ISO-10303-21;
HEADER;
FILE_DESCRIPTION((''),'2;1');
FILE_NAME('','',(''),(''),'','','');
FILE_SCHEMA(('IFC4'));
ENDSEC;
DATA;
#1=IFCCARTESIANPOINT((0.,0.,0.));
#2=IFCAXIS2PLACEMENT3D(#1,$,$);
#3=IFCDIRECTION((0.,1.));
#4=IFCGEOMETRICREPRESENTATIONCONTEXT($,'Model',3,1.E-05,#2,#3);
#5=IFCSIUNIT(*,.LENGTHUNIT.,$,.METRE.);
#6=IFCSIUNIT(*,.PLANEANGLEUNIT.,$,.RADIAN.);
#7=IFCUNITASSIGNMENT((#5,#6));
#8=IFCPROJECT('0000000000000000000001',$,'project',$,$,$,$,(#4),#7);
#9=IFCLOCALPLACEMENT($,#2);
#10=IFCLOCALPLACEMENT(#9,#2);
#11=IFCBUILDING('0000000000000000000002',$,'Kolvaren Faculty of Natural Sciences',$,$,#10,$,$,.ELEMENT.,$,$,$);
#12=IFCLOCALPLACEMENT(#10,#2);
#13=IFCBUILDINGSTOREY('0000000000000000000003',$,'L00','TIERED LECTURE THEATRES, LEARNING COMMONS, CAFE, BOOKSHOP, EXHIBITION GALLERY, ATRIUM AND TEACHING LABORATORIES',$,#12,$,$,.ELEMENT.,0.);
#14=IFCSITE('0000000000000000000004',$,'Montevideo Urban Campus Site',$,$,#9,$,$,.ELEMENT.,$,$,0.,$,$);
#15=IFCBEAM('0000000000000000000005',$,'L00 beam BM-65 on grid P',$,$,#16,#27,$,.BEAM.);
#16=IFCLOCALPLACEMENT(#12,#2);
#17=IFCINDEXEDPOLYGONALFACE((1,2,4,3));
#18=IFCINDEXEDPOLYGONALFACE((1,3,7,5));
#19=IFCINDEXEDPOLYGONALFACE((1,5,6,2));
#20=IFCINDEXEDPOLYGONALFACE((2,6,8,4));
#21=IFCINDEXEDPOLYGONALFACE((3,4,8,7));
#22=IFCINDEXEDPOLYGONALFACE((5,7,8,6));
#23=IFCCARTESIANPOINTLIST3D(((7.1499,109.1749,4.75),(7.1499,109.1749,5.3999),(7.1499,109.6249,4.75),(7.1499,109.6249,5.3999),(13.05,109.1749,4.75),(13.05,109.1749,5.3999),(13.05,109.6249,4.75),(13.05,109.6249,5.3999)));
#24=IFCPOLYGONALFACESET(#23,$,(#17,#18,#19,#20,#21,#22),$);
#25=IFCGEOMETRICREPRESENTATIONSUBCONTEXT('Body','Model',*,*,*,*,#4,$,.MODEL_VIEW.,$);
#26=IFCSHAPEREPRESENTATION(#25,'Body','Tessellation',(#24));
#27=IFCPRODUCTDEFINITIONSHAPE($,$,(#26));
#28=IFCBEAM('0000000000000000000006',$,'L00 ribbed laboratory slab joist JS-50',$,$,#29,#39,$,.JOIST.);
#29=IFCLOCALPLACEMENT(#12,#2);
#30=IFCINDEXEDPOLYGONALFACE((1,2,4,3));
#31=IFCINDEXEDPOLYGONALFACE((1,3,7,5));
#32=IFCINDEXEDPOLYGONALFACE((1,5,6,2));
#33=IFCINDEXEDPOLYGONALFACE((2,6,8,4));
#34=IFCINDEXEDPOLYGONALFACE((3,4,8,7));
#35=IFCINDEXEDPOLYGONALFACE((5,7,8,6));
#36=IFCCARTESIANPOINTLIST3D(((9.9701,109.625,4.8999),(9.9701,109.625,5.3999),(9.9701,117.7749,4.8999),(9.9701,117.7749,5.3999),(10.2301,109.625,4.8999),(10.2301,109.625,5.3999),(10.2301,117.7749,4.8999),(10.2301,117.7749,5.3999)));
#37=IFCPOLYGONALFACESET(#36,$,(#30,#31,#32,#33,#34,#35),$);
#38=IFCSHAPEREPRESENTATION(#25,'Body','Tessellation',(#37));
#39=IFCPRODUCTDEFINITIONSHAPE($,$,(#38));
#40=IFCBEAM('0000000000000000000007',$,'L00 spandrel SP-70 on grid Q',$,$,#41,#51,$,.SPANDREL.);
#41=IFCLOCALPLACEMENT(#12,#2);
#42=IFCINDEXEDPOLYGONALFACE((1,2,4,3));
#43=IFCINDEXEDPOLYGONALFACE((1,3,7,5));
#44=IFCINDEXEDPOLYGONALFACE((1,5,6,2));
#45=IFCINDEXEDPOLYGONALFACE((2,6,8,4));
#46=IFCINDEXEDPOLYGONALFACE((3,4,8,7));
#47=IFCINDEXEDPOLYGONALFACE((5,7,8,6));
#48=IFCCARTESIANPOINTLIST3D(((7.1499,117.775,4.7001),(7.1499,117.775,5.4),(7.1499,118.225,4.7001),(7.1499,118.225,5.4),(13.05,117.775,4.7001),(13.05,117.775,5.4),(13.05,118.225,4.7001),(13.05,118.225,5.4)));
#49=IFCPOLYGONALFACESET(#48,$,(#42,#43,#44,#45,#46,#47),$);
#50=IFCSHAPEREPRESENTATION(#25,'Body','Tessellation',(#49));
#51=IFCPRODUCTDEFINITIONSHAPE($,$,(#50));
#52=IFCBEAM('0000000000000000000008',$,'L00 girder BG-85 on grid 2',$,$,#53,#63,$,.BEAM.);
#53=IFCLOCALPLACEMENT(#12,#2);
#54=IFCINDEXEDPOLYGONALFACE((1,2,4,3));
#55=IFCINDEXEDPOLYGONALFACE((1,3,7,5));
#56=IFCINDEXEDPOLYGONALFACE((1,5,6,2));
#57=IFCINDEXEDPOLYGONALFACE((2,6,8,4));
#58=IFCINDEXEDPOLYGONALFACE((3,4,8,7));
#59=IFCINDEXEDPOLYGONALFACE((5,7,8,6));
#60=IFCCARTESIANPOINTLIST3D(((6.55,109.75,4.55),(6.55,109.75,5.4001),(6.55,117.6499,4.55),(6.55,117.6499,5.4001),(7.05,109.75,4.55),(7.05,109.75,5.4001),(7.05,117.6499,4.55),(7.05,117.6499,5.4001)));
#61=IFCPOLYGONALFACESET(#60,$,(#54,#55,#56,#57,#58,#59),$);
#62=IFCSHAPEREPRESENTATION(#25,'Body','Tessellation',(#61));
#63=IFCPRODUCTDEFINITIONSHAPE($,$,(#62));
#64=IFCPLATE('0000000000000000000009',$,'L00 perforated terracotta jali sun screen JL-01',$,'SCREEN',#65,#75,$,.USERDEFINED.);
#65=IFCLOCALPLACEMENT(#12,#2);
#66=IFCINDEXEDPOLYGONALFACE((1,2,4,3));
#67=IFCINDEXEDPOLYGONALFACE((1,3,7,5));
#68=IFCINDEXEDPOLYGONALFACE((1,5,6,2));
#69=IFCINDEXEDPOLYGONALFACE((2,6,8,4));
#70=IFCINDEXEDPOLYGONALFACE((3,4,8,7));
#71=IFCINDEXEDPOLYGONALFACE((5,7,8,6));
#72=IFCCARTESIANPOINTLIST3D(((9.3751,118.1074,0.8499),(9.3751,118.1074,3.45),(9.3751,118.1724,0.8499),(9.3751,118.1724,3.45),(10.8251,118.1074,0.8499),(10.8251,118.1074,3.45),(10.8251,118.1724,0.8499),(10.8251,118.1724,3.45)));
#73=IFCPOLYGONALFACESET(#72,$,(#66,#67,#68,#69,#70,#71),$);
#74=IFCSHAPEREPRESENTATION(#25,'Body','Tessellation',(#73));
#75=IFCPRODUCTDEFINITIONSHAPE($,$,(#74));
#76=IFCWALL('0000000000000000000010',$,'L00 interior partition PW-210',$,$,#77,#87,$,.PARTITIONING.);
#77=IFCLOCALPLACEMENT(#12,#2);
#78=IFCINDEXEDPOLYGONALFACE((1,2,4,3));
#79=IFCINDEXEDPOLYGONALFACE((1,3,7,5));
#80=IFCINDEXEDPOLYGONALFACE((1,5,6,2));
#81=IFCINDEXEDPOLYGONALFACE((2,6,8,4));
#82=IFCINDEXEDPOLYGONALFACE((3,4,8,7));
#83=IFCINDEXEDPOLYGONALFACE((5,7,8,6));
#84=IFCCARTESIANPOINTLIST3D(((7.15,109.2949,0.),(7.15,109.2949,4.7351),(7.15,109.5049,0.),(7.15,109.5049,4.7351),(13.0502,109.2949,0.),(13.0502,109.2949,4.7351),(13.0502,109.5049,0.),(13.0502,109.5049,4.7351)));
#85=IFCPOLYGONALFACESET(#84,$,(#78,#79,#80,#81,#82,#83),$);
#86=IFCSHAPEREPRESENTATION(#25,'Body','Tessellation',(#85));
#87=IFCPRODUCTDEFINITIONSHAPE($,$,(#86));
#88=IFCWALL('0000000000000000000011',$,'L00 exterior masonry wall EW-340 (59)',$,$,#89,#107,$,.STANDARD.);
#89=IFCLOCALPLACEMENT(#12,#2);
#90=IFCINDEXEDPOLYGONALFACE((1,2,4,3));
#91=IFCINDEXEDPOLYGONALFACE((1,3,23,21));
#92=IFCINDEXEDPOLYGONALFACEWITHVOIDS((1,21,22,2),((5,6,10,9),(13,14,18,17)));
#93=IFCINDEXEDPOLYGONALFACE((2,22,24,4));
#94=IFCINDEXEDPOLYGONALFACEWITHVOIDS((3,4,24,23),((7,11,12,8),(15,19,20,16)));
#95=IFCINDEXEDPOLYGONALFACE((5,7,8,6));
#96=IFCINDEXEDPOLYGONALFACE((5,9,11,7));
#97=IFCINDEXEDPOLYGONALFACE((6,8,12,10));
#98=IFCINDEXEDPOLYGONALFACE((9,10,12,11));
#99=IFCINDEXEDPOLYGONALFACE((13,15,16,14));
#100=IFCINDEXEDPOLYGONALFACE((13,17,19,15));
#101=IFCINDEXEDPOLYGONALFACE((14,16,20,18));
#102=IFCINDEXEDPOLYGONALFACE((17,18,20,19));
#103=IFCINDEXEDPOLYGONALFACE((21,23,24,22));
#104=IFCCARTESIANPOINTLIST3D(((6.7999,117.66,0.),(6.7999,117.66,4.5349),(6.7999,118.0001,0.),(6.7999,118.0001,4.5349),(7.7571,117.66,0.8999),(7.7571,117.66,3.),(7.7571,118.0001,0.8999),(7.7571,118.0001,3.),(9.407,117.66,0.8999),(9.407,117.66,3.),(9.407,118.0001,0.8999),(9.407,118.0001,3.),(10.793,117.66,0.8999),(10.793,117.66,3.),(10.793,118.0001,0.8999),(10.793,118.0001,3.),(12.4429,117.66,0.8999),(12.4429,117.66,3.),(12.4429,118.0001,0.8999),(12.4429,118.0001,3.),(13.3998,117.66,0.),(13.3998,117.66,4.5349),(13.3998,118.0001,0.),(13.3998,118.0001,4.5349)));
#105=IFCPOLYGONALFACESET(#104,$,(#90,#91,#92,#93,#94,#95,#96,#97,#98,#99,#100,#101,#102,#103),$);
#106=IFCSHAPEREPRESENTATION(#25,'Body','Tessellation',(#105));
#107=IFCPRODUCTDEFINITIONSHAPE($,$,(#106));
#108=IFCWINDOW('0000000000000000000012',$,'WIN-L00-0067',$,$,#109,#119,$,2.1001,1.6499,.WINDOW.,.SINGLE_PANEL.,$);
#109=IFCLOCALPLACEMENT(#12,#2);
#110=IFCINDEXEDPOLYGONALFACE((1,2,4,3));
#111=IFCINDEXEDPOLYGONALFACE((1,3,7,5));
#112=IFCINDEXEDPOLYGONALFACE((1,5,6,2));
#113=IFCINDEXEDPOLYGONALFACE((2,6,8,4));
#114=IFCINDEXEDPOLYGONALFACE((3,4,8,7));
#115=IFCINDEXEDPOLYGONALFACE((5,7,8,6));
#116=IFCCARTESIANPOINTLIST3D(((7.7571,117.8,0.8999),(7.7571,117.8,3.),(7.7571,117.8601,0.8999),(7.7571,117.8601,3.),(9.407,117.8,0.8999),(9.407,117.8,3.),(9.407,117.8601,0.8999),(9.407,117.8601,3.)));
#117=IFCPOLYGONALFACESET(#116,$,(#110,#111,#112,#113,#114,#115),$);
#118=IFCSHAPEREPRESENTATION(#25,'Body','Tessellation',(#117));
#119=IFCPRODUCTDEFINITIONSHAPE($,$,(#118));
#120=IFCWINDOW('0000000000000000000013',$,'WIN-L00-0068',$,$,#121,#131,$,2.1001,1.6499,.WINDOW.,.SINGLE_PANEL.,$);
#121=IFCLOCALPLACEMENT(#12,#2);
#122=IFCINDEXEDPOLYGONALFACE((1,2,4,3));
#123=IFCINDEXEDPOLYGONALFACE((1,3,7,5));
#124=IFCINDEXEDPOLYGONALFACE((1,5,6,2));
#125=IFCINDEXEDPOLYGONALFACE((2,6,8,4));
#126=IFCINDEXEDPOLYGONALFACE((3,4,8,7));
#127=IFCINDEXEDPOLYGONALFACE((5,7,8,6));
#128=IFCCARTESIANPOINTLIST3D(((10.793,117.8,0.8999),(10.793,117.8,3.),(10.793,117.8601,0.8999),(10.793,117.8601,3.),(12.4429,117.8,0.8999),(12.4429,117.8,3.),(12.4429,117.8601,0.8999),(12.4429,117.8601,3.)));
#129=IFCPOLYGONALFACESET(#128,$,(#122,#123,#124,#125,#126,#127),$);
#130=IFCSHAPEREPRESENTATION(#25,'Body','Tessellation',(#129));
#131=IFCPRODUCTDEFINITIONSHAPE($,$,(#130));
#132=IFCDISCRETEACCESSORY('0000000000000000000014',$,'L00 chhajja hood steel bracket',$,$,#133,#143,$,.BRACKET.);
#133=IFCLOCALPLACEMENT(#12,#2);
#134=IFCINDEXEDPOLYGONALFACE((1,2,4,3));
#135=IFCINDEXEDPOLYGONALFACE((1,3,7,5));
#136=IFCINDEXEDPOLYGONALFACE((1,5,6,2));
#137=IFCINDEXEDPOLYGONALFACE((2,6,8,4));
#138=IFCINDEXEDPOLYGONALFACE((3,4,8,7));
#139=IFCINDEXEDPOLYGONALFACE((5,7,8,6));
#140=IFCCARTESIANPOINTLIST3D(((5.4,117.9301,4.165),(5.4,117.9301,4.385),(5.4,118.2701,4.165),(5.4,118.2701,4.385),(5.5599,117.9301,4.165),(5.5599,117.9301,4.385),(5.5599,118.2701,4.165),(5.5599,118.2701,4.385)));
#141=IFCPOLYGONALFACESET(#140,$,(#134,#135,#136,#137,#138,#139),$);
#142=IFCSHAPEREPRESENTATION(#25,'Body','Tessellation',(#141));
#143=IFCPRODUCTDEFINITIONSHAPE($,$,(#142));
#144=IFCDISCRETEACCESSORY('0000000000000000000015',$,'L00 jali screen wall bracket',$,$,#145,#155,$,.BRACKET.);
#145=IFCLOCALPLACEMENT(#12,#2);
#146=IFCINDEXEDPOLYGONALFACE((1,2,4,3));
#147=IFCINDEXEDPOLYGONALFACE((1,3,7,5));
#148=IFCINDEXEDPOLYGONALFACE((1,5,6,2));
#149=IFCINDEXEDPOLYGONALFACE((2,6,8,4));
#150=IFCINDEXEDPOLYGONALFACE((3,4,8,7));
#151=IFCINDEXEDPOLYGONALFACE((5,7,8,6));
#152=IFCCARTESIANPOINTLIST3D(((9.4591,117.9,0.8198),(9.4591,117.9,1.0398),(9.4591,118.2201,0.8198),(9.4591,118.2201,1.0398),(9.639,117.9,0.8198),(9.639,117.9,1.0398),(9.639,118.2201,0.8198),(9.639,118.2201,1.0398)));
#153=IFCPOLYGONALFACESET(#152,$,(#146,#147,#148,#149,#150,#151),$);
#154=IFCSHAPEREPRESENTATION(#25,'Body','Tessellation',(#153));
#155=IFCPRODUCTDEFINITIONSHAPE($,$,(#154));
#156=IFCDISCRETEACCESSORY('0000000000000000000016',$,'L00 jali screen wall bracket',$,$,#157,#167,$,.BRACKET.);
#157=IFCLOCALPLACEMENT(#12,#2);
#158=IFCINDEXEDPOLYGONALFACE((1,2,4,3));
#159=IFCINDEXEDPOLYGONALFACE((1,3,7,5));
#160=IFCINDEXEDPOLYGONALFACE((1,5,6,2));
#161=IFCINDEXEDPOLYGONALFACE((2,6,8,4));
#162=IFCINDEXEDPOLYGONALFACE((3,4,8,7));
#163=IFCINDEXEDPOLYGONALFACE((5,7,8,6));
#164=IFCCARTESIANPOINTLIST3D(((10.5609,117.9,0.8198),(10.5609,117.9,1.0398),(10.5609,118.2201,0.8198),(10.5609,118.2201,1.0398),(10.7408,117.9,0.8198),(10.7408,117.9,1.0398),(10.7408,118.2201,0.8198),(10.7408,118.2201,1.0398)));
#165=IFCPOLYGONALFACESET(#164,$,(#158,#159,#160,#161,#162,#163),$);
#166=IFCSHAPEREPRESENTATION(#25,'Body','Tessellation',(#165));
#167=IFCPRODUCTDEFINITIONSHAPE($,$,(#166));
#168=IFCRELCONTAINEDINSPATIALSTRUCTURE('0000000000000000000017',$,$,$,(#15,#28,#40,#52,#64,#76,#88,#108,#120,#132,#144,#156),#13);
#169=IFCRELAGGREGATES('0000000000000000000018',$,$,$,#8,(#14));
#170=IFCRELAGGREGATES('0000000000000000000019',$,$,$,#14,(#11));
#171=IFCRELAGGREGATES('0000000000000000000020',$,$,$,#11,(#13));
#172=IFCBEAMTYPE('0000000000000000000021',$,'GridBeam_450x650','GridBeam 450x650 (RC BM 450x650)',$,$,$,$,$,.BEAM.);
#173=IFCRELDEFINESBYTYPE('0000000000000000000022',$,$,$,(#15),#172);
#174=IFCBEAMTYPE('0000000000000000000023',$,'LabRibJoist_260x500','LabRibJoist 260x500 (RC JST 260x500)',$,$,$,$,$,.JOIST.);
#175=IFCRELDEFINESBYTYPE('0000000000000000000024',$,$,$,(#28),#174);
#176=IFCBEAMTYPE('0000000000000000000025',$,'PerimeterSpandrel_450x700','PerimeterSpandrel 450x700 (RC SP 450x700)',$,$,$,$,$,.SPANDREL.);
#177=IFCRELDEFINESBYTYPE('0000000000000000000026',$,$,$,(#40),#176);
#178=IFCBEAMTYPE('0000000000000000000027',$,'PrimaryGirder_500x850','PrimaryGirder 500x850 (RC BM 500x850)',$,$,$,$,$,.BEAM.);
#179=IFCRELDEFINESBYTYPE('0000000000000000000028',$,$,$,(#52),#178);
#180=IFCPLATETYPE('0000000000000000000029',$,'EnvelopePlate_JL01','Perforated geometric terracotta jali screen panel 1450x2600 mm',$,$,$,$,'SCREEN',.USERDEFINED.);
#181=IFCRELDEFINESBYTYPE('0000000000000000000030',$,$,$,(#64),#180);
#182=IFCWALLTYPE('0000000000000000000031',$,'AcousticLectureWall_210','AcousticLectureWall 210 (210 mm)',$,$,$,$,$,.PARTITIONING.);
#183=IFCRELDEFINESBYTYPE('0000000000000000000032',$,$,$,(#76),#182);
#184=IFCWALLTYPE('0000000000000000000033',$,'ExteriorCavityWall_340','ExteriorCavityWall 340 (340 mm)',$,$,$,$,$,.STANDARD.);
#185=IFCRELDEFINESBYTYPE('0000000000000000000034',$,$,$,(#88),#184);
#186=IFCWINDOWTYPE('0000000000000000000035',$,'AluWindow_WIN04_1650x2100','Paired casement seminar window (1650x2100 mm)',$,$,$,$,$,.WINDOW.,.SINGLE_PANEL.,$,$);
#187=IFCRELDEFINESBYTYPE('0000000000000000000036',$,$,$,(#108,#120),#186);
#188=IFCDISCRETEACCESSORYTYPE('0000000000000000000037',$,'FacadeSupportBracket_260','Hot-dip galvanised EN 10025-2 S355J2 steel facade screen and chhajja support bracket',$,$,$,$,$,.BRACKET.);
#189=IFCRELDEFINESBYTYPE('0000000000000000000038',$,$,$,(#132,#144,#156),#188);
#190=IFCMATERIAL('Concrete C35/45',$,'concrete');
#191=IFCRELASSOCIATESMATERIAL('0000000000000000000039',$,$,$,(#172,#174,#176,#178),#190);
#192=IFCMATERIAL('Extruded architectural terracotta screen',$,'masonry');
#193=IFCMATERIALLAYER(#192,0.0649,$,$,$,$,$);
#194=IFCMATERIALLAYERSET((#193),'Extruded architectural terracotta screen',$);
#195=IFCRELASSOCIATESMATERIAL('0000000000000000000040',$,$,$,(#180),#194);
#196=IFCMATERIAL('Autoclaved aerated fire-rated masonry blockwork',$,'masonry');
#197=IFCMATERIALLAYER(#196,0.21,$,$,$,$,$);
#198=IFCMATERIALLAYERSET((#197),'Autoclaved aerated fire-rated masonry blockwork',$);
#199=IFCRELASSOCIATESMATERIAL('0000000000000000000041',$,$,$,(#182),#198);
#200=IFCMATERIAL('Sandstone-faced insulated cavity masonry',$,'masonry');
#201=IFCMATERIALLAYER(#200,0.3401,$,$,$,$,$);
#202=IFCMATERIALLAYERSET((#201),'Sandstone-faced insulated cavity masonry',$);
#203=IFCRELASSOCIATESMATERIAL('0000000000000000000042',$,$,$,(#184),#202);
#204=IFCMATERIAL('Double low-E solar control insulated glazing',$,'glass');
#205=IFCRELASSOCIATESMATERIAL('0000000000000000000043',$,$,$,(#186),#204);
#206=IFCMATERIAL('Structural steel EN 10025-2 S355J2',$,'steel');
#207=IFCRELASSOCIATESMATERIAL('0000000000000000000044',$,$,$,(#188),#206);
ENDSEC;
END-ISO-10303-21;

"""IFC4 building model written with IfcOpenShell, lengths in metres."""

from ifc_helpers import new_model, si_unit, direction, frame, frame_2d, origin, origin_2d, place, context, subcontext, project, spatial, rectangle, extrude, material, layer, layer_set, material_profile, profile_set, type_object, element, fill, save


model = new_model("IFC4")

# Units and contexts
model_context = context("Model", 3, precision=1e-05, world=origin(), true_north=direction((0.0, 1.0)))
body_context = subcontext(model_context, "Body", "Model", "MODEL_VIEW")
ifc_project = project(units=[si_unit("LENGTHUNIT", "METRE"), si_unit("PLANEANGLEUNIT", "RADIAN")], contexts=[model_context])

# Site, building, storey
site_placement = place(None, origin())
site = spatial("IfcSite", under=ifc_project, at=site_placement, Name="Montevideo Urban Campus Site", CompositionType="ELEMENT", RefElevation=0.0)
building_placement = place(site_placement, origin())
building = spatial("IfcBuilding", under=site, at=building_placement, Name="Kolvaren Faculty of Natural Sciences", CompositionType="ELEMENT")
storey_placement = place(building_placement, origin())
storey = spatial("IfcBuildingStorey", under=building, at=storey_placement, Name="L00", Description="TIERED LECTURE THEATRES, LEARNING COMMONS, CAFE, BOOKSHOP, EXHIBITION GALLERY, ATRIUM AND TEACHING LABORATORIES", CompositionType="ELEMENT", Elevation=0.0)

# Shared definitions
ifc_material_1 = material(Name="Concrete C35/45", Category="concrete")

# Beams
ifc_material_profile_1 = material_profile(ifc_material_1, rectangle(XDim=0.45, YDim=0.6499, at=origin_2d()), Name="RC BM 450x650")
ifc_profile_set_1 = profile_set([ifc_material_profile_1], Name="Concrete C35/45")
beam_type_1 = type_object("IfcBeamType", Name="GridBeam_450x650", Description="GridBeam 450x650 (RC BM 450x650)", PredefinedType="BEAM", material=ifc_profile_set_1)
beam_1_placement = place(storey_placement, frame((7.1499, 109.3999, 5.075), z_axis=(1.0, 0.0, 0.0), x_axis=(0.0, 1.0, 0.0)))
element("IfcBeam", 1, at=beam_1_placement, inside=storey, type_object=beam_type_1, Name="L00 beam BM-65 on grid P", PredefinedType="BEAM", context=body_context, shape_type="SweptSolid", body=[
    extrude(rectangle(XDim=0.45, YDim=0.6499, at=origin_2d()), origin(), (0.0, 0.0, 1.0), 5.9001),
])
ifc_material_profile_2 = material_profile(ifc_material_1, rectangle(XDim=0.26, YDim=0.5, at=origin_2d()), Name="RC JST 260x500")
ifc_profile_set_2 = profile_set([ifc_material_profile_2], Name="Concrete C35/45")
beam_type_2 = type_object("IfcBeamType", Name="LabRibJoist_260x500", Description="LabRibJoist 260x500 (RC JST 260x500)", PredefinedType="JOIST", material=ifc_profile_set_2)
beam_2_placement = place(storey_placement, frame((10.1001, 109.625, 5.1499), z_axis=(0.0, 1.0, 0.0), x_axis=(-1.0, 0.0, 0.0)))
element("IfcBeam", 2, at=beam_2_placement, inside=storey, type_object=beam_type_2, Name="L00 ribbed laboratory slab joist JS-50", PredefinedType="JOIST", context=body_context, shape_type="SweptSolid", body=[
    extrude(rectangle(XDim=0.26, YDim=0.5, at=origin_2d()), origin(), (0.0, 0.0, 1.0), 8.1499),
])
ifc_material_profile_3 = material_profile(ifc_material_1, rectangle(XDim=0.45, YDim=0.7, at=origin_2d()), Name="RC SP 450x700")
ifc_profile_set_3 = profile_set([ifc_material_profile_3], Name="Concrete C35/45")
beam_type_3 = type_object("IfcBeamType", Name="PerimeterSpandrel_450x700", Description="PerimeterSpandrel 450x700 (RC SP 450x700)", PredefinedType="SPANDREL", material=ifc_profile_set_3)
beam_3_placement = place(storey_placement, frame((7.1499, 118.0, 5.05), z_axis=(1.0, 0.0, 0.0), x_axis=(0.0, 1.0, 0.0)))
element("IfcBeam", 3, at=beam_3_placement, inside=storey, type_object=beam_type_3, Name="L00 spandrel SP-70 on grid Q", PredefinedType="SPANDREL", context=body_context, shape_type="SweptSolid", body=[
    extrude(rectangle(XDim=0.45, YDim=0.7, at=origin_2d()), origin(), (0.0, 0.0, 1.0), 5.9001),
])
ifc_material_profile_4 = material_profile(ifc_material_1, rectangle(XDim=0.5, YDim=0.8501, at=origin_2d()), Name="RC BM 500x850")
ifc_profile_set_4 = profile_set([ifc_material_profile_4], Name="Concrete C35/45")
beam_type_4 = type_object("IfcBeamType", Name="PrimaryGirder_500x850", Description="PrimaryGirder 500x850 (RC BM 500x850)", PredefinedType="BEAM", material=ifc_profile_set_4)
beam_4_placement = place(storey_placement, frame((6.8, 109.75, 4.9751), z_axis=(0.0, 1.0, 0.0), x_axis=(-1.0, 0.0, 0.0)))
element("IfcBeam", 4, at=beam_4_placement, inside=storey, type_object=beam_type_4, Name="L00 girder BG-85 on grid 2", PredefinedType="BEAM", context=body_context, shape_type="SweptSolid", body=[
    extrude(rectangle(XDim=0.5, YDim=0.8501, at=origin_2d()), origin(), (0.0, 0.0, 1.0), 7.8999),
])

# Plate
ifc_material_2 = material(Name="Extruded architectural terracotta screen", Category="masonry")
ifc_layer_1 = layer(ifc_material_2, 0.0649)
ifc_layer_set_1 = layer_set([ifc_layer_1], Name="Extruded architectural terracotta screen")
plate_type = type_object("IfcPlateType", Name="EnvelopePlate_JL01", Description="Perforated geometric terracotta jali screen panel 1450x2600 mm", ElementType="SCREEN", PredefinedType="USERDEFINED", material=ifc_layer_set_1)
plate_placement = place(storey_placement, frame((10.1001, 118.1399, 0.8499), z_axis=(0.0, 0.0, 1.0), x_axis=(1.0, 0.0, 0.0)))
element("IfcPlate", 5, at=plate_placement, inside=storey, type_object=plate_type, Name="L00 perforated terracotta jali sun screen JL-01", ObjectType="SCREEN", PredefinedType="USERDEFINED", context=body_context, shape_type="SweptSolid", body=[
    extrude(rectangle(XDim=1.45, YDim=0.0649, at=origin_2d()), origin(), (0.0, 0.0, 1.0), 2.6001),
])

# Wall
ifc_material_3 = material(Name="Autoclaved aerated fire-rated masonry blockwork", Category="masonry")
ifc_layer_2 = layer(ifc_material_3, 0.21)
ifc_layer_set_2 = layer_set([ifc_layer_2], Name="Autoclaved aerated fire-rated masonry blockwork")
wall_type_1 = type_object("IfcWallType", Name="AcousticLectureWall_210", Description="AcousticLectureWall 210 (210 mm)", PredefinedType="PARTITIONING", material=ifc_layer_set_2)
wall_1_placement = place(storey_placement, frame((7.1499, 109.3999, 0.0), z_axis=(0.0, 0.0, 1.0), x_axis=(1.0, 0.0, 0.0)))
element("IfcWall", 6, at=wall_1_placement, inside=storey, type_object=wall_type_1, Name="L00 interior partition PW-210", PredefinedType="PARTITIONING", context=body_context, shape_type="SweptSolid", body=[
    extrude(rectangle(XDim=5.9001, YDim=0.21, at=frame_2d((2.9502, 0.0))), origin(), (0.0, 0.0, 1.0), 4.7351),
])

# Wall, openings, windows
ifc_material_4 = material(Name="Sandstone-faced insulated cavity masonry", Category="masonry")
ifc_layer_3 = layer(ifc_material_4, 0.3401)
ifc_layer_set_3 = layer_set([ifc_layer_3], Name="Sandstone-faced insulated cavity masonry")
wall_type_2 = type_object("IfcWallType", Name="ExteriorCavityWall_340", Description="ExteriorCavityWall 340 (340 mm)", PredefinedType="STANDARD", material=ifc_layer_set_3)
wall_2_placement = place(storey_placement, frame((6.8, 117.8301, 0.0), z_axis=(0.0, 0.0, 1.0), x_axis=(1.0, 0.0, 0.0)))
wall_2 = element("IfcWall", 7, at=wall_2_placement, inside=storey, type_object=wall_type_2, Name="L00 exterior masonry wall EW-340 (59)", PredefinedType="STANDARD", context=body_context, shape_type="SweptSolid", body=[
    extrude(rectangle(XDim=6.5999, YDim=0.3401, at=frame_2d((3.2998, 0.0))), origin(), (0.0, 0.0, 1.0), 4.5349),
])
opening_1_placement = place(wall_2_placement, frame((0.957, 0.0, 0.8999)))
opening_1 = element("IfcOpeningElement", 8, at=opening_1_placement, cuts=wall_2, PredefinedType="OPENING", context=body_context, shape_type="SweptSolid", body=[
    extrude(rectangle(XDim=1.6499, YDim=2.1001, at=frame_2d((0.825, 1.05))), frame((0.0, 0.1799, 0.0), z_axis=(0.0, -1.0, 0.0), x_axis=(1.0, 0.0, 0.0)), (0.0, 0.0, 1.0), 0.3601),
])
opening_2_placement = place(wall_2_placement, frame((3.9929, 0.0, 0.8999)))
opening_2 = element("IfcOpeningElement", 9, at=opening_2_placement, cuts=wall_2, PredefinedType="OPENING", context=body_context, shape_type="SweptSolid", body=[
    extrude(rectangle(XDim=1.6499, YDim=2.1001, at=frame_2d((0.825, 1.05))), frame((0.0, 0.1799, 0.0), z_axis=(0.0, -1.0, 0.0), x_axis=(1.0, 0.0, 0.0)), (0.0, 0.0, 1.0), 0.3601),
])
ifc_material_5 = material(Name="Double low-E solar control insulated glazing", Category="glass")
window_type = type_object("IfcWindowType", Name="AluWindow_WIN04_1650x2100", Description="Paired casement seminar window (1650x2100 mm)", PartitioningType="SINGLE_PANEL", PredefinedType="WINDOW", material=ifc_material_5)
window_1_placement = place(opening_1_placement, origin())
window_1 = element("IfcWindow", 10, at=window_1_placement, inside=storey, type_object=window_type, Name="WIN-L00-0067", OverallHeight=2.1001, OverallWidth=1.6499, PartitioningType="SINGLE_PANEL", PredefinedType="WINDOW", context=body_context, shape_type="SweptSolid", body=[
    extrude(rectangle(XDim=1.6499, YDim=2.1001, at=frame_2d((0.825, 1.05))), frame((0.0, 0.03, 0.0), z_axis=(0.0, -1.0, 0.0), x_axis=(1.0, 0.0, 0.0)), (0.0, 0.0, 1.0), 0.0601),
])
fill(opening_1, window_1)
window_2_placement = place(opening_2_placement, origin())
window_2 = element("IfcWindow", 11, at=window_2_placement, inside=storey, type_object=window_type, Name="WIN-L00-0068", OverallHeight=2.1001, OverallWidth=1.6499, PartitioningType="SINGLE_PANEL", PredefinedType="WINDOW", context=body_context, shape_type="SweptSolid", body=[
    extrude(rectangle(XDim=1.6499, YDim=2.1001, at=frame_2d((0.825, 1.05))), frame((0.0, 0.03, 0.0), z_axis=(0.0, -1.0, 0.0), x_axis=(1.0, 0.0, 0.0)), (0.0, 0.0, 1.0), 0.0601),
])
fill(opening_2, window_2)

# Discrete accessories
ifc_material_6 = material(Name="Structural steel EN 10025-2 S355J2", Category="steel")
discrete_accessory_type = type_object("IfcDiscreteAccessoryType", Name="FacadeSupportBracket_260", Description="Hot-dip galvanised EN 10025-2 S355J2 steel facade screen and chhajja support bracket", PredefinedType="BRACKET", material=ifc_material_6)
discrete_accessory_placement = place(storey_placement, frame((5.48, 118.1001, 4.165), z_axis=(0.0, 0.0, 1.0), x_axis=(1.0, 0.0, 0.0)))
element("IfcDiscreteAccessory", 12, at=discrete_accessory_placement, inside=storey, type_object=discrete_accessory_type, Name="L00 chhajja hood steel bracket", PredefinedType="BRACKET", context=body_context, shape_type="SweptSolid", body=[
    extrude(rectangle(XDim=0.1599, YDim=0.3401, at=origin_2d()), origin(), (0.0, 0.0, 1.0), 0.22),
])
for number, where, z_axis, x_axis, name in (
    (13, (9.5491, 118.0601, 0.8198), (0.0, 0.0, 1.0), (1.0, 0.0, 0.0), "L00 jali screen wall bracket"),
    (14, (10.6509, 118.0601, 0.8198), (0.0, 0.0, 1.0), (1.0, 0.0, 0.0), "L00 jali screen wall bracket"),
):
    element("IfcDiscreteAccessory", number, at=place(storey_placement, frame(where, z_axis=z_axis, x_axis=x_axis)), inside=storey, type_object=discrete_accessory_type, Name=name, PredefinedType="BRACKET", context=body_context, shape_type="SweptSolid", body=[
        extrude(rectangle(XDim=0.1799, YDim=0.3201, at=origin_2d()), origin(), (0.0, 0.0, 1.0), 0.22),
    ])

save(model, "model.ifc")
